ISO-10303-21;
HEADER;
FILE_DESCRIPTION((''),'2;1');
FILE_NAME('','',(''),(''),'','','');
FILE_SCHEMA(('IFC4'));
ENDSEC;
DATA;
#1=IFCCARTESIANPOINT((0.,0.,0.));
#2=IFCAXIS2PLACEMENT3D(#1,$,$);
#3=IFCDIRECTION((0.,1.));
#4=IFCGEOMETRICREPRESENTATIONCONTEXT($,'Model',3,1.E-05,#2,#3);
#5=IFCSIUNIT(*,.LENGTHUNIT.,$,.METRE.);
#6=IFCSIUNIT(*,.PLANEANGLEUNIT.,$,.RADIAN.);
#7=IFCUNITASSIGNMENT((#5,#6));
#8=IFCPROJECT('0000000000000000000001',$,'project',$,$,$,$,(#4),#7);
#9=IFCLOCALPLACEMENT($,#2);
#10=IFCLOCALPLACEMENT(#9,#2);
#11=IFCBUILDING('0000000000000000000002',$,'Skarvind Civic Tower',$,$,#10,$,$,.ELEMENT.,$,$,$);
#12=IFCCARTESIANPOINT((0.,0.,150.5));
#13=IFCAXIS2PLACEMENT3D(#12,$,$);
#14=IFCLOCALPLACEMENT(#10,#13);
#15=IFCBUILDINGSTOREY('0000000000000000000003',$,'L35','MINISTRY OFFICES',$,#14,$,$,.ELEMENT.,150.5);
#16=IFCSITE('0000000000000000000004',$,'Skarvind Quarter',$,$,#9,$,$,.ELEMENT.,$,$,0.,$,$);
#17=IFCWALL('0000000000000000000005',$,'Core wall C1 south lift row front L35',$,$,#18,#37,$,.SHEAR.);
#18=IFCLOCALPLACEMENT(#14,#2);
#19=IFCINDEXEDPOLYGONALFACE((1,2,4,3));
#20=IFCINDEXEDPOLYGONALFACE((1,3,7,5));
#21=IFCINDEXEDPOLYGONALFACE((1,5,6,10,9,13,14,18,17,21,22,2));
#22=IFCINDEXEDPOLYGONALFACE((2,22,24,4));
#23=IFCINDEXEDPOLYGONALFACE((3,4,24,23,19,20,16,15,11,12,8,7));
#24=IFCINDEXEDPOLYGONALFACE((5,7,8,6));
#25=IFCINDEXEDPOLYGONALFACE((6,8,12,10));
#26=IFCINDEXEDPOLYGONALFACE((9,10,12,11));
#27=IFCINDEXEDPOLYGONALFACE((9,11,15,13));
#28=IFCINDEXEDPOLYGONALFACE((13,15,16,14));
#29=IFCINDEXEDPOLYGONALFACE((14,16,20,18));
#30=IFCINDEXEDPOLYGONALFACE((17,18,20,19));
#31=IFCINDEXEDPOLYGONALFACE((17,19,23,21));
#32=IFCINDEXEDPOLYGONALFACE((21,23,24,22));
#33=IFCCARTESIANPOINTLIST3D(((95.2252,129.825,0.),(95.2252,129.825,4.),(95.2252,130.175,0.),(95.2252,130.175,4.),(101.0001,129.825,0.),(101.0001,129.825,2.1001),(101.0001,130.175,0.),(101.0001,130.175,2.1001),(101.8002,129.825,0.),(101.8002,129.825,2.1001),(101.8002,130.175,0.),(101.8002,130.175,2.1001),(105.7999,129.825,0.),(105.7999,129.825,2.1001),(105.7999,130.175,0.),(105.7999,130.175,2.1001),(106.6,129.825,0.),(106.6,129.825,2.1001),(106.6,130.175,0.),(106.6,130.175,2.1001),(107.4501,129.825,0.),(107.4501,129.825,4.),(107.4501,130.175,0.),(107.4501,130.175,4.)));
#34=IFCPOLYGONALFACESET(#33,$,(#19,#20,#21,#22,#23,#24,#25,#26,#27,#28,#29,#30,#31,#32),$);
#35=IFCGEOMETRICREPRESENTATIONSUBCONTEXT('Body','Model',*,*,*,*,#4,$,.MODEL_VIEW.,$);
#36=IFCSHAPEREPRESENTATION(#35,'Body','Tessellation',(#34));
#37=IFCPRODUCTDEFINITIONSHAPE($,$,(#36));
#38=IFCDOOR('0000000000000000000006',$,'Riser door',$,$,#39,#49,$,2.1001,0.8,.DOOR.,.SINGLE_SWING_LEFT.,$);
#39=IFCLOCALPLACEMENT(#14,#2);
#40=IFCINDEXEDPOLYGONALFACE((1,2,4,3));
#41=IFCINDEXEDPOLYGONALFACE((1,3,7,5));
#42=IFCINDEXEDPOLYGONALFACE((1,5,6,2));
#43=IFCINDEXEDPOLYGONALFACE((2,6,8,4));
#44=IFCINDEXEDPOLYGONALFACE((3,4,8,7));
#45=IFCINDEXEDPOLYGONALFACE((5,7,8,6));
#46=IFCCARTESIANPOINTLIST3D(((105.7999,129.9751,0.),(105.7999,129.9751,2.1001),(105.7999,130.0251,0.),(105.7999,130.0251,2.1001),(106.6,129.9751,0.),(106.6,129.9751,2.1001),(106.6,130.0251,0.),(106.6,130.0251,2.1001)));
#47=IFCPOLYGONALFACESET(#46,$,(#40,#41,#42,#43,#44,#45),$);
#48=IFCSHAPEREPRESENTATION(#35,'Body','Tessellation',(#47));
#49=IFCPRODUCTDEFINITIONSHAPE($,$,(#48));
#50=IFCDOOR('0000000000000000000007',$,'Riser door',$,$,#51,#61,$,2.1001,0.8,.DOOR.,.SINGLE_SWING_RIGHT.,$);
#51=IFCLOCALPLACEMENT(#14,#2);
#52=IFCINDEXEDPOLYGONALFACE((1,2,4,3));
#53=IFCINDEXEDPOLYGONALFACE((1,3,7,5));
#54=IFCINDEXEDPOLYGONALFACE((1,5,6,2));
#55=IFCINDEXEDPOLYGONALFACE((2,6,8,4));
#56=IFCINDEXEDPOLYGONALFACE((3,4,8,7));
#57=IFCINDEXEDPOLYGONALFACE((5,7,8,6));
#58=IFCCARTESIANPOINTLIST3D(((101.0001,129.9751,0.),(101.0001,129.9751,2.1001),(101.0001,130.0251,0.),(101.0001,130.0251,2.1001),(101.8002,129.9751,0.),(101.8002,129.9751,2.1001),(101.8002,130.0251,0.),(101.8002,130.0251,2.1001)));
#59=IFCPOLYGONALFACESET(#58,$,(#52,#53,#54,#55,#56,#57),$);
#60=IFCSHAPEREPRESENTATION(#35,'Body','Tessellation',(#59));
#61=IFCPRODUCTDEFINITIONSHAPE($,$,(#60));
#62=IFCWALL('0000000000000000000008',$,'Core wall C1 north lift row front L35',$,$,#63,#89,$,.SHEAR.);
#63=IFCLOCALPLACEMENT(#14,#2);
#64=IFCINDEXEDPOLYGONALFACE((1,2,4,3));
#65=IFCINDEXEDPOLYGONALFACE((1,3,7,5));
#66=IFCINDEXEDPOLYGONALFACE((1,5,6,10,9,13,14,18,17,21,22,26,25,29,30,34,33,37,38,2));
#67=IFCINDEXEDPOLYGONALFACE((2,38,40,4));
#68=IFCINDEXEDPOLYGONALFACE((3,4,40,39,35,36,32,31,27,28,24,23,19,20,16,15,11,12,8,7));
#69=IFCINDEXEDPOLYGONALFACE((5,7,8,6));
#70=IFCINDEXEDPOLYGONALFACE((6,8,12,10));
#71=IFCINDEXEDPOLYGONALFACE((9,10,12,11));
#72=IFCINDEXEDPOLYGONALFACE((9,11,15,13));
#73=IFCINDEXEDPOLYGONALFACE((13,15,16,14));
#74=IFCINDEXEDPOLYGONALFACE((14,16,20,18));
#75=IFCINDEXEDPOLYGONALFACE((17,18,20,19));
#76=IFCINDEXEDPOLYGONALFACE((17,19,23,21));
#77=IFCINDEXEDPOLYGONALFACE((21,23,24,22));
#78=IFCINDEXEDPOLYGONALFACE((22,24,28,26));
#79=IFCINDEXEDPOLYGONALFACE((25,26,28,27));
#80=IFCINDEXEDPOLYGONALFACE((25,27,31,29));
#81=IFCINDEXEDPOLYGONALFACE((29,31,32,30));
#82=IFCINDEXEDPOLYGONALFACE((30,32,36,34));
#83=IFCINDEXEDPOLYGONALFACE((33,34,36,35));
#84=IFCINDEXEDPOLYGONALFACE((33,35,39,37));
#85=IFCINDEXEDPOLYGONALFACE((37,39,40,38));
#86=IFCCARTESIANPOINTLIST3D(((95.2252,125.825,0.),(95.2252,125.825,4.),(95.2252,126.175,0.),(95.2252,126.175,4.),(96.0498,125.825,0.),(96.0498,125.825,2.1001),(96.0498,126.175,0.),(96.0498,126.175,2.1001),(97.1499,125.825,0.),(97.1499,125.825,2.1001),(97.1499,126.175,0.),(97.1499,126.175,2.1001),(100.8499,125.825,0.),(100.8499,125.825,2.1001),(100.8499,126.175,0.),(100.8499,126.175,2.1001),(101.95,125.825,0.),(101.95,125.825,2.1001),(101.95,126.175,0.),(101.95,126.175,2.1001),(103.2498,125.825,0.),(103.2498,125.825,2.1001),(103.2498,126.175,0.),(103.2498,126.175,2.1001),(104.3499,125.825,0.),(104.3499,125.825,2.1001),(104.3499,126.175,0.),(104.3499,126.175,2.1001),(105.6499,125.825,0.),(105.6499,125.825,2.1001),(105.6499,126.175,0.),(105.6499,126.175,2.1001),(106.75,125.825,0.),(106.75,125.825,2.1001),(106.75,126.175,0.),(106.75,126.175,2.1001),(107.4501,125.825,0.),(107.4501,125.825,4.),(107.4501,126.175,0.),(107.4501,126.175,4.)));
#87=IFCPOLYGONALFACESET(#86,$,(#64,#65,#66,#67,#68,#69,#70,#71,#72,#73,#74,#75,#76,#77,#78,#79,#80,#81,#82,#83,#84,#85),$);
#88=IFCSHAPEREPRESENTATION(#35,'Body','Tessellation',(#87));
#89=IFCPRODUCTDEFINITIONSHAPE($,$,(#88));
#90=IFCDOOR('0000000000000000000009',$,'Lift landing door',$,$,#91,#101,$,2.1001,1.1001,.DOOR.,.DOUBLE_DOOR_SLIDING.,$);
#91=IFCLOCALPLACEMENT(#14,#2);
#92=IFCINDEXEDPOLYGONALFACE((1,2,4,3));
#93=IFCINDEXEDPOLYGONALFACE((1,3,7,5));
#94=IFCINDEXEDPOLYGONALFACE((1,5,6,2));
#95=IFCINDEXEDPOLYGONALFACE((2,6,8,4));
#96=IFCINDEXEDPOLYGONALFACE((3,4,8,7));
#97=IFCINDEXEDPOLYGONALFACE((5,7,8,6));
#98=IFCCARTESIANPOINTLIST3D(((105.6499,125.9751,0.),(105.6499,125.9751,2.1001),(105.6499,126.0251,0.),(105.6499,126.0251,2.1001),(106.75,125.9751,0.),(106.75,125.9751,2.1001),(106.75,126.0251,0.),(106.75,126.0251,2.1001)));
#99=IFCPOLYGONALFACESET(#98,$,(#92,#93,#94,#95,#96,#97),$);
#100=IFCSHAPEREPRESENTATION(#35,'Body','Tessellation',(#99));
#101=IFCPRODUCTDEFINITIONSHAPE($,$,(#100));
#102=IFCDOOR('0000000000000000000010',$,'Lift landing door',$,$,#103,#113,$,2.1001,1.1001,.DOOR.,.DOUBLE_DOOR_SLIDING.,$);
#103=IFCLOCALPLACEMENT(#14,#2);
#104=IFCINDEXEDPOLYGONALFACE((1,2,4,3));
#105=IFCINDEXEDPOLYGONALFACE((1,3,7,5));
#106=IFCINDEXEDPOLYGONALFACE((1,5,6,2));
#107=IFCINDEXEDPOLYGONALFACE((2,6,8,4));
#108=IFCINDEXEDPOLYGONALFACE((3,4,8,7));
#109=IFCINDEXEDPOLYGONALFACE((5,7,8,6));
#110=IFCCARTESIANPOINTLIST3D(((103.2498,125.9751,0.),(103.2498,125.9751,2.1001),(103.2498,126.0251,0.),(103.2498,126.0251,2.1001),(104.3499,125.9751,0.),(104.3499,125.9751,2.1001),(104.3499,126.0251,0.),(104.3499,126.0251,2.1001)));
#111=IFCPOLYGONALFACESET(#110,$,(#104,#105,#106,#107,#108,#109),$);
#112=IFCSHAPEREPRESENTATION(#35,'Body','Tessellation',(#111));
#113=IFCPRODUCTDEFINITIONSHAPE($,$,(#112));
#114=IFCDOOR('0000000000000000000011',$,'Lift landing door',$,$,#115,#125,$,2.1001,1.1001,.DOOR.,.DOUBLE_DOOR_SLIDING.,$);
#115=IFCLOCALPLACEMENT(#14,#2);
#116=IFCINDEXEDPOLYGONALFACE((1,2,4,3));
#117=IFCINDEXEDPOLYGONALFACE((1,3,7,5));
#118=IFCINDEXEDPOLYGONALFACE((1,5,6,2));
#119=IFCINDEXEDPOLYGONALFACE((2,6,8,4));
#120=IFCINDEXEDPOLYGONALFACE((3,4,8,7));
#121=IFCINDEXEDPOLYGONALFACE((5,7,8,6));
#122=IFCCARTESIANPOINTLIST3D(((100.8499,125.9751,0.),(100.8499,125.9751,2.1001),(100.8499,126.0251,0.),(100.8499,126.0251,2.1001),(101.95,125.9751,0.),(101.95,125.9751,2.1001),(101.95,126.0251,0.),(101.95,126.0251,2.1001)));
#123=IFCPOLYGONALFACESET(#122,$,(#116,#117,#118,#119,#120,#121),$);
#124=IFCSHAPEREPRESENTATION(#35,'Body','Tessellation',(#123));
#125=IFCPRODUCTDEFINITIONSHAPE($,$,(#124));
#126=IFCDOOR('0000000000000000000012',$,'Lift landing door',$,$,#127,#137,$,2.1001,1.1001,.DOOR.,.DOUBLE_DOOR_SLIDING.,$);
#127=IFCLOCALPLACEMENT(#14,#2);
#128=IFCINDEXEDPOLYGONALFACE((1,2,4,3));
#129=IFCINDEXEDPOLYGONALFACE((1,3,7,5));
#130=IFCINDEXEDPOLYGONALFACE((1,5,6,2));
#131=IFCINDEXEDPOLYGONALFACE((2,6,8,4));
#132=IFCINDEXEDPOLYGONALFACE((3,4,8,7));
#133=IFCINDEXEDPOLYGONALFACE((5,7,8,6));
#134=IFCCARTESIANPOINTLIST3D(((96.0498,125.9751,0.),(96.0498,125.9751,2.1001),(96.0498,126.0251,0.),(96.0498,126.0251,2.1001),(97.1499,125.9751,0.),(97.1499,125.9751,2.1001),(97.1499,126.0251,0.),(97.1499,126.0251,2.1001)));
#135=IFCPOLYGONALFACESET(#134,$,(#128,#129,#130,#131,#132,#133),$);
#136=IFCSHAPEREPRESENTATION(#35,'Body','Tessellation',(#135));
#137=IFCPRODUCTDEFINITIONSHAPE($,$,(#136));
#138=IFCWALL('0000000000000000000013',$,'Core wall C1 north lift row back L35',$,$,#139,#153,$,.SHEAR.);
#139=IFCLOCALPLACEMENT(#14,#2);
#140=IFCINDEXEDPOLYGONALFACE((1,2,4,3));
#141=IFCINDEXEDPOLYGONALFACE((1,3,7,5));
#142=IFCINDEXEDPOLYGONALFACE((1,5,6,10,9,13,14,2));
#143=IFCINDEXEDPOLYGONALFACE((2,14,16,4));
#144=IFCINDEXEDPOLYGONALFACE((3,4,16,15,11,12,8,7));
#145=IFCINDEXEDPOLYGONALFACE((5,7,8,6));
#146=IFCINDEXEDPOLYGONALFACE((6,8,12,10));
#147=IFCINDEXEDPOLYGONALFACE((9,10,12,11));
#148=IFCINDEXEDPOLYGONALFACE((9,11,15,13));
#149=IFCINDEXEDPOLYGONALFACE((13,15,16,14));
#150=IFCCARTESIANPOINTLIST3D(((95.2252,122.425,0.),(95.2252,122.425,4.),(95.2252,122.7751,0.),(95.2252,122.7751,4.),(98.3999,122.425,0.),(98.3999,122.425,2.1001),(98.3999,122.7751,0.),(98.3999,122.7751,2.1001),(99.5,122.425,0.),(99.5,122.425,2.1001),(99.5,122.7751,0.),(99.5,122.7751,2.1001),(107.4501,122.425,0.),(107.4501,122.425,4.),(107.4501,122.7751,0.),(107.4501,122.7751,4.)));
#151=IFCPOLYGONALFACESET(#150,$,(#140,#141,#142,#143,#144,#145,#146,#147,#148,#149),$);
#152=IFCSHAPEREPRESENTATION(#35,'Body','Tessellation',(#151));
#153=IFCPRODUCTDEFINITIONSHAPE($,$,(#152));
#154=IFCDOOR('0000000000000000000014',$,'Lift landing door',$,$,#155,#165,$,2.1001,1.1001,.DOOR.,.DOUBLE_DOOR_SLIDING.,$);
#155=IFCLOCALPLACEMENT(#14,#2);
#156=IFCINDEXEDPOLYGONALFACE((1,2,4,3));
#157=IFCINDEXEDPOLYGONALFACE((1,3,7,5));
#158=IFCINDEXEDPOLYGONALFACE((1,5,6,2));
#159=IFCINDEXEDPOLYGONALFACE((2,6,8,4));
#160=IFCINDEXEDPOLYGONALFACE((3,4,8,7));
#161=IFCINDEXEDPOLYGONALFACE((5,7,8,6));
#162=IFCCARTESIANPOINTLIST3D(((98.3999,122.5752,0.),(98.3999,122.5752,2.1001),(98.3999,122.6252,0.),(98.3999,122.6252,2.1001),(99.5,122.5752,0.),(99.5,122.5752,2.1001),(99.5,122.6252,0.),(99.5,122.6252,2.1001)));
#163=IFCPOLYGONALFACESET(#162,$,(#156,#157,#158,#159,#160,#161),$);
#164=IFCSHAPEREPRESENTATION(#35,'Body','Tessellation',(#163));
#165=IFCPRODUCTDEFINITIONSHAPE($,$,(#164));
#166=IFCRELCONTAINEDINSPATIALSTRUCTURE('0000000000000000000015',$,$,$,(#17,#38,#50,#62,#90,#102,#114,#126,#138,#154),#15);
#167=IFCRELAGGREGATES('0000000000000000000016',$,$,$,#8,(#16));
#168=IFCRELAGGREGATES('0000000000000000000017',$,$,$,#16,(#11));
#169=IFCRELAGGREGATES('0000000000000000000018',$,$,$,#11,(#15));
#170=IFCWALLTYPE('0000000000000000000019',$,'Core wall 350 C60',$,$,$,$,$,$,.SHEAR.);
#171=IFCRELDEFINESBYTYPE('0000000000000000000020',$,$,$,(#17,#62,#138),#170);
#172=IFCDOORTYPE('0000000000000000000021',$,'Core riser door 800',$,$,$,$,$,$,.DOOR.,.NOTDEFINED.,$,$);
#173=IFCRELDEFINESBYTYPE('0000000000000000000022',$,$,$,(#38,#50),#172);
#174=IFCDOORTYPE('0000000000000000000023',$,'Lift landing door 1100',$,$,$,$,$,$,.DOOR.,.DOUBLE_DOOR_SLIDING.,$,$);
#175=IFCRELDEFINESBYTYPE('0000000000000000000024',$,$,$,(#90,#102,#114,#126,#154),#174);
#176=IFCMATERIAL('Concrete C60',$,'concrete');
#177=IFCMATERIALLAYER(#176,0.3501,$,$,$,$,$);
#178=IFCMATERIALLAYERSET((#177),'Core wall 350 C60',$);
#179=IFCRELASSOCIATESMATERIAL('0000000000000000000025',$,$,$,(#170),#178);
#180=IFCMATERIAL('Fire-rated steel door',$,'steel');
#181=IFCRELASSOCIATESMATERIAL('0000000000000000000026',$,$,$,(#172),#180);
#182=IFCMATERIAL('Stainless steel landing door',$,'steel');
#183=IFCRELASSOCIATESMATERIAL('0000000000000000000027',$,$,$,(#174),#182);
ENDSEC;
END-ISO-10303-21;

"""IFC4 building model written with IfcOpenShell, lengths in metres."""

from ifc_helpers import new_model, si_unit, direction, frame, frame_2d, origin, place, context, subcontext, project, spatial, rectangle, extrude, material, layer, layer_set, type_object, element, fill, save


model = new_model("IFC4")

# Units and contexts
model_context = context("Model", 3, precision=1e-05, world=origin(), true_north=direction((0.0, 1.0)))
body_context = subcontext(model_context, "Body", "Model", "MODEL_VIEW")
ifc_project = project(units=[si_unit("LENGTHUNIT", "METRE"), si_unit("PLANEANGLEUNIT", "RADIAN")], contexts=[model_context])

# Site, building, storey
site_placement = place(None, origin())
site = spatial("IfcSite", under=ifc_project, at=site_placement, Name="Skarvind Quarter", CompositionType="ELEMENT", RefElevation=0.0)
building_placement = place(site_placement, origin())
building = spatial("IfcBuilding", under=site, at=building_placement, Name="Skarvind Civic Tower", CompositionType="ELEMENT")
storey_placement = place(building_placement, frame((0.0, 0.0, 150.5)))
storey = spatial("IfcBuildingStorey", under=building, at=storey_placement, Name="L35", Description="MINISTRY OFFICES", CompositionType="ELEMENT", Elevation=150.5)

# Walls, openings, doors
ifc_material_1 = material(Name="Concrete C60", Category="concrete")
ifc_layer_1 = layer(ifc_material_1, 0.3501)
ifc_layer_set_1 = layer_set([ifc_layer_1], Name="Core wall 350 C60")
wall_type_1 = type_object("IfcWallType", Name="Core wall 350 C60", PredefinedType="SHEAR", material=ifc_layer_set_1)
wall_1_placement = place(storey_placement, frame((107.45, 130.0, 0.0), z_axis=(0.0, 0.0, 1.0), x_axis=(-1.0, 0.0, 0.0)))
wall_1 = element("IfcWall", 1, at=wall_1_placement, inside=storey, type_object=wall_type_1, Name="Core wall C1 south lift row front L35", PredefinedType="SHEAR", context=body_context, shape_type="SweptSolid", body=[
    extrude(rectangle(XDim=12.2249, YDim=0.3501, at=frame_2d((6.1123, 0.0))), origin(), (0.0, 0.0, 1.0), 4.0),
])
opening_1_placement = place(wall_1_placement, frame((0.8501, 0.0, 0.0)))
opening_1 = element("IfcOpeningElement", 2, at=opening_1_placement, cuts=wall_1, PredefinedType="OPENING", context=body_context, shape_type="SweptSolid", body=[
    extrude(rectangle(XDim=0.8, YDim=2.1001, at=frame_2d((0.3999, 1.05))), frame((0.0, 0.1851, 0.0), z_axis=(0.0, -1.0, 0.0), x_axis=(1.0, 0.0, 0.0)), (0.0, 0.0, 1.0), 0.3701),
])
opening_2_placement = place(wall_1_placement, frame((5.6499, 0.0, 0.0)))
opening_2 = element("IfcOpeningElement", 3, at=opening_2_placement, cuts=wall_1, PredefinedType="OPENING", context=body_context, shape_type="SweptSolid", body=[
    extrude(rectangle(XDim=0.8, YDim=2.1001, at=frame_2d((0.3999, 1.05))), frame((0.0, 0.1851, 0.0), z_axis=(0.0, -1.0, 0.0), x_axis=(1.0, 0.0, 0.0)), (0.0, 0.0, 1.0), 0.3701),
])
ifc_material_2 = material(Name="Fire-rated steel door", Category="steel")
door_type_1 = type_object("IfcDoorType", Name="Core riser door 800", OperationType="NOTDEFINED", PredefinedType="DOOR", material=ifc_material_2)
door_1_placement = place(opening_1_placement, origin())
door_1 = element("IfcDoor", 4, at=door_1_placement, inside=storey, type_object=door_type_1, Name="Riser door", OperationType="SINGLE_SWING_LEFT", OverallHeight=2.1001, OverallWidth=0.8, PredefinedType="DOOR", context=body_context, shape_type="SweptSolid", body=[
    extrude(rectangle(XDim=0.8, YDim=2.1001, at=frame_2d((0.3999, 1.05))), frame((0.0, 0.0249, 0.0), z_axis=(0.0, -1.0, 0.0), x_axis=(1.0, 0.0, 0.0)), (0.0, 0.0, 1.0), 0.05),
])
fill(opening_1, door_1)
door_2_placement = place(opening_2_placement, origin())
door_2 = element("IfcDoor", 5, at=door_2_placement, inside=storey, type_object=door_type_1, Name="Riser door", OperationType="SINGLE_SWING_RIGHT", OverallHeight=2.1001, OverallWidth=0.8, PredefinedType="DOOR", context=body_context, shape_type="SweptSolid", body=[
    extrude(rectangle(XDim=0.8, YDim=2.1001, at=frame_2d((0.3999, 1.05))), frame((0.0, 0.0249, 0.0), z_axis=(0.0, -1.0, 0.0), x_axis=(1.0, 0.0, 0.0)), (0.0, 0.0, 1.0), 0.05),
])
fill(opening_2, door_2)
wall_2_placement = place(storey_placement, frame((107.45, 126.0, 0.0), z_axis=(0.0, 0.0, 1.0), x_axis=(-1.0, 0.0, 0.0)))
wall_2 = element("IfcWall", 6, at=wall_2_placement, inside=storey, type_object=wall_type_1, Name="Core wall C1 north lift row front L35", PredefinedType="SHEAR", context=body_context, shape_type="SweptSolid", body=[
    extrude(rectangle(XDim=12.2249, YDim=0.3501, at=frame_2d((6.1123, 0.0))), origin(), (0.0, 0.0, 1.0), 4.0),
])
opening_3_placement = place(wall_2_placement, frame((0.7, 0.0, 0.0)))
opening_3 = element("IfcOpeningElement", 7, at=opening_3_placement, cuts=wall_2, PredefinedType="OPENING", context=body_context, shape_type="SweptSolid", body=[
    extrude(rectangle(XDim=1.1001, YDim=2.1001, at=frame_2d((0.55, 1.05))), frame((0.0, 0.1851, 0.0), z_axis=(0.0, -1.0, 0.0), x_axis=(1.0, 0.0, 0.0)), (0.0, 0.0, 1.0), 0.3701),
])
opening_4_placement = place(wall_2_placement, frame((3.1001, 0.0, 0.0)))
opening_4 = element("IfcOpeningElement", 8, at=opening_4_placement, cuts=wall_2, PredefinedType="OPENING", context=body_context, shape_type="SweptSolid", body=[
    extrude(rectangle(XDim=1.1001, YDim=2.1001, at=frame_2d((0.55, 1.05))), frame((0.0, 0.1851, 0.0), z_axis=(0.0, -1.0, 0.0), x_axis=(1.0, 0.0, 0.0)), (0.0, 0.0, 1.0), 0.3701),
])
opening_5_placement = place(wall_2_placement, frame((5.5, 0.0, 0.0)))
opening_5 = element("IfcOpeningElement", 9, at=opening_5_placement, cuts=wall_2, PredefinedType="OPENING", context=body_context, shape_type="SweptSolid", body=[
    extrude(rectangle(XDim=1.1001, YDim=2.1001, at=frame_2d((0.55, 1.05))), frame((0.0, 0.1851, 0.0), z_axis=(0.0, -1.0, 0.0), x_axis=(1.0, 0.0, 0.0)), (0.0, 0.0, 1.0), 0.3701),
])
opening_6_placement = place(wall_2_placement, frame((10.3, 0.0, 0.0)))
opening_6 = element("IfcOpeningElement", 10, at=opening_6_placement, cuts=wall_2, PredefinedType="OPENING", context=body_context, shape_type="SweptSolid", body=[
    extrude(rectangle(XDim=1.1001, YDim=2.1001, at=frame_2d((0.55, 1.05))), frame((0.0, 0.1851, 0.0), z_axis=(0.0, -1.0, 0.0), x_axis=(1.0, 0.0, 0.0)), (0.0, 0.0, 1.0), 0.3701),
])
ifc_material_3 = material(Name="Stainless steel landing door", Category="steel")
door_type_2 = type_object("IfcDoorType", Name="Lift landing door 1100", OperationType="DOUBLE_DOOR_SLIDING", PredefinedType="DOOR", material=ifc_material_3)
door_3_placement = place(opening_3_placement, origin())
door_3 = element("IfcDoor", 11, at=door_3_placement, inside=storey, type_object=door_type_2, Name="Lift landing door", OperationType="DOUBLE_DOOR_SLIDING", OverallHeight=2.1001, OverallWidth=1.1001, PredefinedType="DOOR", context=body_context, shape_type="SweptSolid", body=[
    extrude(rectangle(XDim=1.1001, YDim=2.1001, at=frame_2d((0.55, 1.05))), frame((0.0, 0.0249, 0.0), z_axis=(0.0, -1.0, 0.0), x_axis=(1.0, 0.0, 0.0)), (0.0, 0.0, 1.0), 0.05),
])
fill(opening_3, door_3)
door_4_placement = place(opening_4_placement, origin())
door_4 = element("IfcDoor", 12, at=door_4_placement, inside=storey, type_object=door_type_2, Name="Lift landing door", OperationType="DOUBLE_DOOR_SLIDING", OverallHeight=2.1001, OverallWidth=1.1001, PredefinedType="DOOR", context=body_context, shape_type="SweptSolid", body=[
    extrude(rectangle(XDim=1.1001, YDim=2.1001, at=frame_2d((0.55, 1.05))), frame((0.0, 0.0249, 0.0), z_axis=(0.0, -1.0, 0.0), x_axis=(1.0, 0.0, 0.0)), (0.0, 0.0, 1.0), 0.05),
])
fill(opening_4, door_4)
door_5_placement = place(opening_5_placement, origin())
door_5 = element("IfcDoor", 13, at=door_5_placement, inside=storey, type_object=door_type_2, Name="Lift landing door", OperationType="DOUBLE_DOOR_SLIDING", OverallHeight=2.1001, OverallWidth=1.1001, PredefinedType="DOOR", context=body_context, shape_type="SweptSolid", body=[
    extrude(rectangle(XDim=1.1001, YDim=2.1001, at=frame_2d((0.55, 1.05))), frame((0.0, 0.0249, 0.0), z_axis=(0.0, -1.0, 0.0), x_axis=(1.0, 0.0, 0.0)), (0.0, 0.0, 1.0), 0.05),
])
fill(opening_5, door_5)
door_6_placement = place(opening_6_placement, origin())
door_6 = element("IfcDoor", 14, at=door_6_placement, inside=storey, type_object=door_type_2, Name="Lift landing door", OperationType="DOUBLE_DOOR_SLIDING", OverallHeight=2.1001, OverallWidth=1.1001, PredefinedType="DOOR", context=body_context, shape_type="SweptSolid", body=[
    extrude(rectangle(XDim=1.1001, YDim=2.1001, at=frame_2d((0.55, 1.05))), frame((0.0, 0.0249, 0.0), z_axis=(0.0, -1.0, 0.0), x_axis=(1.0, 0.0, 0.0)), (0.0, 0.0, 1.0), 0.05),
])
fill(opening_6, door_6)

# Wall, opening, door
wall_3_placement = place(storey_placement, frame((107.45, 122.6001, 0.0), z_axis=(0.0, 0.0, 1.0), x_axis=(-1.0, 0.0, 0.0)))
wall_3 = element("IfcWall", 15, at=wall_3_placement, inside=storey, type_object=wall_type_1, Name="Core wall C1 north lift row back L35", PredefinedType="SHEAR", context=body_context, shape_type="SweptSolid", body=[
    extrude(rectangle(XDim=12.2249, YDim=0.3501, at=frame_2d((6.1123, 0.0))), origin(), (0.0, 0.0, 1.0), 4.0),
])
opening_7_placement = place(wall_3_placement, frame((7.95, 0.0, 0.0)))
opening_7 = element("IfcOpeningElement", 16, at=opening_7_placement, cuts=wall_3, PredefinedType="OPENING", context=body_context, shape_type="SweptSolid", body=[
    extrude(rectangle(XDim=1.1001, YDim=2.1001, at=frame_2d((0.55, 1.05))), frame((0.0, 0.1851, 0.0), z_axis=(0.0, -1.0, 0.0), x_axis=(1.0, 0.0, 0.0)), (0.0, 0.0, 1.0), 0.3701),
])
door_7_placement = place(opening_7_placement, origin())
door_7 = element("IfcDoor", 17, at=door_7_placement, inside=storey, type_object=door_type_2, Name="Lift landing door", OperationType="DOUBLE_DOOR_SLIDING", OverallHeight=2.1001, OverallWidth=1.1001, PredefinedType="DOOR", context=body_context, shape_type="SweptSolid", body=[
    extrude(rectangle(XDim=1.1001, YDim=2.1001, at=frame_2d((0.55, 1.05))), frame((0.0, 0.0249, 0.0), z_axis=(0.0, -1.0, 0.0), x_axis=(1.0, 0.0, 0.0)), (0.0, 0.0, 1.0), 0.05),
])
fill(opening_7, door_7)

save(model, "model.ifc")
